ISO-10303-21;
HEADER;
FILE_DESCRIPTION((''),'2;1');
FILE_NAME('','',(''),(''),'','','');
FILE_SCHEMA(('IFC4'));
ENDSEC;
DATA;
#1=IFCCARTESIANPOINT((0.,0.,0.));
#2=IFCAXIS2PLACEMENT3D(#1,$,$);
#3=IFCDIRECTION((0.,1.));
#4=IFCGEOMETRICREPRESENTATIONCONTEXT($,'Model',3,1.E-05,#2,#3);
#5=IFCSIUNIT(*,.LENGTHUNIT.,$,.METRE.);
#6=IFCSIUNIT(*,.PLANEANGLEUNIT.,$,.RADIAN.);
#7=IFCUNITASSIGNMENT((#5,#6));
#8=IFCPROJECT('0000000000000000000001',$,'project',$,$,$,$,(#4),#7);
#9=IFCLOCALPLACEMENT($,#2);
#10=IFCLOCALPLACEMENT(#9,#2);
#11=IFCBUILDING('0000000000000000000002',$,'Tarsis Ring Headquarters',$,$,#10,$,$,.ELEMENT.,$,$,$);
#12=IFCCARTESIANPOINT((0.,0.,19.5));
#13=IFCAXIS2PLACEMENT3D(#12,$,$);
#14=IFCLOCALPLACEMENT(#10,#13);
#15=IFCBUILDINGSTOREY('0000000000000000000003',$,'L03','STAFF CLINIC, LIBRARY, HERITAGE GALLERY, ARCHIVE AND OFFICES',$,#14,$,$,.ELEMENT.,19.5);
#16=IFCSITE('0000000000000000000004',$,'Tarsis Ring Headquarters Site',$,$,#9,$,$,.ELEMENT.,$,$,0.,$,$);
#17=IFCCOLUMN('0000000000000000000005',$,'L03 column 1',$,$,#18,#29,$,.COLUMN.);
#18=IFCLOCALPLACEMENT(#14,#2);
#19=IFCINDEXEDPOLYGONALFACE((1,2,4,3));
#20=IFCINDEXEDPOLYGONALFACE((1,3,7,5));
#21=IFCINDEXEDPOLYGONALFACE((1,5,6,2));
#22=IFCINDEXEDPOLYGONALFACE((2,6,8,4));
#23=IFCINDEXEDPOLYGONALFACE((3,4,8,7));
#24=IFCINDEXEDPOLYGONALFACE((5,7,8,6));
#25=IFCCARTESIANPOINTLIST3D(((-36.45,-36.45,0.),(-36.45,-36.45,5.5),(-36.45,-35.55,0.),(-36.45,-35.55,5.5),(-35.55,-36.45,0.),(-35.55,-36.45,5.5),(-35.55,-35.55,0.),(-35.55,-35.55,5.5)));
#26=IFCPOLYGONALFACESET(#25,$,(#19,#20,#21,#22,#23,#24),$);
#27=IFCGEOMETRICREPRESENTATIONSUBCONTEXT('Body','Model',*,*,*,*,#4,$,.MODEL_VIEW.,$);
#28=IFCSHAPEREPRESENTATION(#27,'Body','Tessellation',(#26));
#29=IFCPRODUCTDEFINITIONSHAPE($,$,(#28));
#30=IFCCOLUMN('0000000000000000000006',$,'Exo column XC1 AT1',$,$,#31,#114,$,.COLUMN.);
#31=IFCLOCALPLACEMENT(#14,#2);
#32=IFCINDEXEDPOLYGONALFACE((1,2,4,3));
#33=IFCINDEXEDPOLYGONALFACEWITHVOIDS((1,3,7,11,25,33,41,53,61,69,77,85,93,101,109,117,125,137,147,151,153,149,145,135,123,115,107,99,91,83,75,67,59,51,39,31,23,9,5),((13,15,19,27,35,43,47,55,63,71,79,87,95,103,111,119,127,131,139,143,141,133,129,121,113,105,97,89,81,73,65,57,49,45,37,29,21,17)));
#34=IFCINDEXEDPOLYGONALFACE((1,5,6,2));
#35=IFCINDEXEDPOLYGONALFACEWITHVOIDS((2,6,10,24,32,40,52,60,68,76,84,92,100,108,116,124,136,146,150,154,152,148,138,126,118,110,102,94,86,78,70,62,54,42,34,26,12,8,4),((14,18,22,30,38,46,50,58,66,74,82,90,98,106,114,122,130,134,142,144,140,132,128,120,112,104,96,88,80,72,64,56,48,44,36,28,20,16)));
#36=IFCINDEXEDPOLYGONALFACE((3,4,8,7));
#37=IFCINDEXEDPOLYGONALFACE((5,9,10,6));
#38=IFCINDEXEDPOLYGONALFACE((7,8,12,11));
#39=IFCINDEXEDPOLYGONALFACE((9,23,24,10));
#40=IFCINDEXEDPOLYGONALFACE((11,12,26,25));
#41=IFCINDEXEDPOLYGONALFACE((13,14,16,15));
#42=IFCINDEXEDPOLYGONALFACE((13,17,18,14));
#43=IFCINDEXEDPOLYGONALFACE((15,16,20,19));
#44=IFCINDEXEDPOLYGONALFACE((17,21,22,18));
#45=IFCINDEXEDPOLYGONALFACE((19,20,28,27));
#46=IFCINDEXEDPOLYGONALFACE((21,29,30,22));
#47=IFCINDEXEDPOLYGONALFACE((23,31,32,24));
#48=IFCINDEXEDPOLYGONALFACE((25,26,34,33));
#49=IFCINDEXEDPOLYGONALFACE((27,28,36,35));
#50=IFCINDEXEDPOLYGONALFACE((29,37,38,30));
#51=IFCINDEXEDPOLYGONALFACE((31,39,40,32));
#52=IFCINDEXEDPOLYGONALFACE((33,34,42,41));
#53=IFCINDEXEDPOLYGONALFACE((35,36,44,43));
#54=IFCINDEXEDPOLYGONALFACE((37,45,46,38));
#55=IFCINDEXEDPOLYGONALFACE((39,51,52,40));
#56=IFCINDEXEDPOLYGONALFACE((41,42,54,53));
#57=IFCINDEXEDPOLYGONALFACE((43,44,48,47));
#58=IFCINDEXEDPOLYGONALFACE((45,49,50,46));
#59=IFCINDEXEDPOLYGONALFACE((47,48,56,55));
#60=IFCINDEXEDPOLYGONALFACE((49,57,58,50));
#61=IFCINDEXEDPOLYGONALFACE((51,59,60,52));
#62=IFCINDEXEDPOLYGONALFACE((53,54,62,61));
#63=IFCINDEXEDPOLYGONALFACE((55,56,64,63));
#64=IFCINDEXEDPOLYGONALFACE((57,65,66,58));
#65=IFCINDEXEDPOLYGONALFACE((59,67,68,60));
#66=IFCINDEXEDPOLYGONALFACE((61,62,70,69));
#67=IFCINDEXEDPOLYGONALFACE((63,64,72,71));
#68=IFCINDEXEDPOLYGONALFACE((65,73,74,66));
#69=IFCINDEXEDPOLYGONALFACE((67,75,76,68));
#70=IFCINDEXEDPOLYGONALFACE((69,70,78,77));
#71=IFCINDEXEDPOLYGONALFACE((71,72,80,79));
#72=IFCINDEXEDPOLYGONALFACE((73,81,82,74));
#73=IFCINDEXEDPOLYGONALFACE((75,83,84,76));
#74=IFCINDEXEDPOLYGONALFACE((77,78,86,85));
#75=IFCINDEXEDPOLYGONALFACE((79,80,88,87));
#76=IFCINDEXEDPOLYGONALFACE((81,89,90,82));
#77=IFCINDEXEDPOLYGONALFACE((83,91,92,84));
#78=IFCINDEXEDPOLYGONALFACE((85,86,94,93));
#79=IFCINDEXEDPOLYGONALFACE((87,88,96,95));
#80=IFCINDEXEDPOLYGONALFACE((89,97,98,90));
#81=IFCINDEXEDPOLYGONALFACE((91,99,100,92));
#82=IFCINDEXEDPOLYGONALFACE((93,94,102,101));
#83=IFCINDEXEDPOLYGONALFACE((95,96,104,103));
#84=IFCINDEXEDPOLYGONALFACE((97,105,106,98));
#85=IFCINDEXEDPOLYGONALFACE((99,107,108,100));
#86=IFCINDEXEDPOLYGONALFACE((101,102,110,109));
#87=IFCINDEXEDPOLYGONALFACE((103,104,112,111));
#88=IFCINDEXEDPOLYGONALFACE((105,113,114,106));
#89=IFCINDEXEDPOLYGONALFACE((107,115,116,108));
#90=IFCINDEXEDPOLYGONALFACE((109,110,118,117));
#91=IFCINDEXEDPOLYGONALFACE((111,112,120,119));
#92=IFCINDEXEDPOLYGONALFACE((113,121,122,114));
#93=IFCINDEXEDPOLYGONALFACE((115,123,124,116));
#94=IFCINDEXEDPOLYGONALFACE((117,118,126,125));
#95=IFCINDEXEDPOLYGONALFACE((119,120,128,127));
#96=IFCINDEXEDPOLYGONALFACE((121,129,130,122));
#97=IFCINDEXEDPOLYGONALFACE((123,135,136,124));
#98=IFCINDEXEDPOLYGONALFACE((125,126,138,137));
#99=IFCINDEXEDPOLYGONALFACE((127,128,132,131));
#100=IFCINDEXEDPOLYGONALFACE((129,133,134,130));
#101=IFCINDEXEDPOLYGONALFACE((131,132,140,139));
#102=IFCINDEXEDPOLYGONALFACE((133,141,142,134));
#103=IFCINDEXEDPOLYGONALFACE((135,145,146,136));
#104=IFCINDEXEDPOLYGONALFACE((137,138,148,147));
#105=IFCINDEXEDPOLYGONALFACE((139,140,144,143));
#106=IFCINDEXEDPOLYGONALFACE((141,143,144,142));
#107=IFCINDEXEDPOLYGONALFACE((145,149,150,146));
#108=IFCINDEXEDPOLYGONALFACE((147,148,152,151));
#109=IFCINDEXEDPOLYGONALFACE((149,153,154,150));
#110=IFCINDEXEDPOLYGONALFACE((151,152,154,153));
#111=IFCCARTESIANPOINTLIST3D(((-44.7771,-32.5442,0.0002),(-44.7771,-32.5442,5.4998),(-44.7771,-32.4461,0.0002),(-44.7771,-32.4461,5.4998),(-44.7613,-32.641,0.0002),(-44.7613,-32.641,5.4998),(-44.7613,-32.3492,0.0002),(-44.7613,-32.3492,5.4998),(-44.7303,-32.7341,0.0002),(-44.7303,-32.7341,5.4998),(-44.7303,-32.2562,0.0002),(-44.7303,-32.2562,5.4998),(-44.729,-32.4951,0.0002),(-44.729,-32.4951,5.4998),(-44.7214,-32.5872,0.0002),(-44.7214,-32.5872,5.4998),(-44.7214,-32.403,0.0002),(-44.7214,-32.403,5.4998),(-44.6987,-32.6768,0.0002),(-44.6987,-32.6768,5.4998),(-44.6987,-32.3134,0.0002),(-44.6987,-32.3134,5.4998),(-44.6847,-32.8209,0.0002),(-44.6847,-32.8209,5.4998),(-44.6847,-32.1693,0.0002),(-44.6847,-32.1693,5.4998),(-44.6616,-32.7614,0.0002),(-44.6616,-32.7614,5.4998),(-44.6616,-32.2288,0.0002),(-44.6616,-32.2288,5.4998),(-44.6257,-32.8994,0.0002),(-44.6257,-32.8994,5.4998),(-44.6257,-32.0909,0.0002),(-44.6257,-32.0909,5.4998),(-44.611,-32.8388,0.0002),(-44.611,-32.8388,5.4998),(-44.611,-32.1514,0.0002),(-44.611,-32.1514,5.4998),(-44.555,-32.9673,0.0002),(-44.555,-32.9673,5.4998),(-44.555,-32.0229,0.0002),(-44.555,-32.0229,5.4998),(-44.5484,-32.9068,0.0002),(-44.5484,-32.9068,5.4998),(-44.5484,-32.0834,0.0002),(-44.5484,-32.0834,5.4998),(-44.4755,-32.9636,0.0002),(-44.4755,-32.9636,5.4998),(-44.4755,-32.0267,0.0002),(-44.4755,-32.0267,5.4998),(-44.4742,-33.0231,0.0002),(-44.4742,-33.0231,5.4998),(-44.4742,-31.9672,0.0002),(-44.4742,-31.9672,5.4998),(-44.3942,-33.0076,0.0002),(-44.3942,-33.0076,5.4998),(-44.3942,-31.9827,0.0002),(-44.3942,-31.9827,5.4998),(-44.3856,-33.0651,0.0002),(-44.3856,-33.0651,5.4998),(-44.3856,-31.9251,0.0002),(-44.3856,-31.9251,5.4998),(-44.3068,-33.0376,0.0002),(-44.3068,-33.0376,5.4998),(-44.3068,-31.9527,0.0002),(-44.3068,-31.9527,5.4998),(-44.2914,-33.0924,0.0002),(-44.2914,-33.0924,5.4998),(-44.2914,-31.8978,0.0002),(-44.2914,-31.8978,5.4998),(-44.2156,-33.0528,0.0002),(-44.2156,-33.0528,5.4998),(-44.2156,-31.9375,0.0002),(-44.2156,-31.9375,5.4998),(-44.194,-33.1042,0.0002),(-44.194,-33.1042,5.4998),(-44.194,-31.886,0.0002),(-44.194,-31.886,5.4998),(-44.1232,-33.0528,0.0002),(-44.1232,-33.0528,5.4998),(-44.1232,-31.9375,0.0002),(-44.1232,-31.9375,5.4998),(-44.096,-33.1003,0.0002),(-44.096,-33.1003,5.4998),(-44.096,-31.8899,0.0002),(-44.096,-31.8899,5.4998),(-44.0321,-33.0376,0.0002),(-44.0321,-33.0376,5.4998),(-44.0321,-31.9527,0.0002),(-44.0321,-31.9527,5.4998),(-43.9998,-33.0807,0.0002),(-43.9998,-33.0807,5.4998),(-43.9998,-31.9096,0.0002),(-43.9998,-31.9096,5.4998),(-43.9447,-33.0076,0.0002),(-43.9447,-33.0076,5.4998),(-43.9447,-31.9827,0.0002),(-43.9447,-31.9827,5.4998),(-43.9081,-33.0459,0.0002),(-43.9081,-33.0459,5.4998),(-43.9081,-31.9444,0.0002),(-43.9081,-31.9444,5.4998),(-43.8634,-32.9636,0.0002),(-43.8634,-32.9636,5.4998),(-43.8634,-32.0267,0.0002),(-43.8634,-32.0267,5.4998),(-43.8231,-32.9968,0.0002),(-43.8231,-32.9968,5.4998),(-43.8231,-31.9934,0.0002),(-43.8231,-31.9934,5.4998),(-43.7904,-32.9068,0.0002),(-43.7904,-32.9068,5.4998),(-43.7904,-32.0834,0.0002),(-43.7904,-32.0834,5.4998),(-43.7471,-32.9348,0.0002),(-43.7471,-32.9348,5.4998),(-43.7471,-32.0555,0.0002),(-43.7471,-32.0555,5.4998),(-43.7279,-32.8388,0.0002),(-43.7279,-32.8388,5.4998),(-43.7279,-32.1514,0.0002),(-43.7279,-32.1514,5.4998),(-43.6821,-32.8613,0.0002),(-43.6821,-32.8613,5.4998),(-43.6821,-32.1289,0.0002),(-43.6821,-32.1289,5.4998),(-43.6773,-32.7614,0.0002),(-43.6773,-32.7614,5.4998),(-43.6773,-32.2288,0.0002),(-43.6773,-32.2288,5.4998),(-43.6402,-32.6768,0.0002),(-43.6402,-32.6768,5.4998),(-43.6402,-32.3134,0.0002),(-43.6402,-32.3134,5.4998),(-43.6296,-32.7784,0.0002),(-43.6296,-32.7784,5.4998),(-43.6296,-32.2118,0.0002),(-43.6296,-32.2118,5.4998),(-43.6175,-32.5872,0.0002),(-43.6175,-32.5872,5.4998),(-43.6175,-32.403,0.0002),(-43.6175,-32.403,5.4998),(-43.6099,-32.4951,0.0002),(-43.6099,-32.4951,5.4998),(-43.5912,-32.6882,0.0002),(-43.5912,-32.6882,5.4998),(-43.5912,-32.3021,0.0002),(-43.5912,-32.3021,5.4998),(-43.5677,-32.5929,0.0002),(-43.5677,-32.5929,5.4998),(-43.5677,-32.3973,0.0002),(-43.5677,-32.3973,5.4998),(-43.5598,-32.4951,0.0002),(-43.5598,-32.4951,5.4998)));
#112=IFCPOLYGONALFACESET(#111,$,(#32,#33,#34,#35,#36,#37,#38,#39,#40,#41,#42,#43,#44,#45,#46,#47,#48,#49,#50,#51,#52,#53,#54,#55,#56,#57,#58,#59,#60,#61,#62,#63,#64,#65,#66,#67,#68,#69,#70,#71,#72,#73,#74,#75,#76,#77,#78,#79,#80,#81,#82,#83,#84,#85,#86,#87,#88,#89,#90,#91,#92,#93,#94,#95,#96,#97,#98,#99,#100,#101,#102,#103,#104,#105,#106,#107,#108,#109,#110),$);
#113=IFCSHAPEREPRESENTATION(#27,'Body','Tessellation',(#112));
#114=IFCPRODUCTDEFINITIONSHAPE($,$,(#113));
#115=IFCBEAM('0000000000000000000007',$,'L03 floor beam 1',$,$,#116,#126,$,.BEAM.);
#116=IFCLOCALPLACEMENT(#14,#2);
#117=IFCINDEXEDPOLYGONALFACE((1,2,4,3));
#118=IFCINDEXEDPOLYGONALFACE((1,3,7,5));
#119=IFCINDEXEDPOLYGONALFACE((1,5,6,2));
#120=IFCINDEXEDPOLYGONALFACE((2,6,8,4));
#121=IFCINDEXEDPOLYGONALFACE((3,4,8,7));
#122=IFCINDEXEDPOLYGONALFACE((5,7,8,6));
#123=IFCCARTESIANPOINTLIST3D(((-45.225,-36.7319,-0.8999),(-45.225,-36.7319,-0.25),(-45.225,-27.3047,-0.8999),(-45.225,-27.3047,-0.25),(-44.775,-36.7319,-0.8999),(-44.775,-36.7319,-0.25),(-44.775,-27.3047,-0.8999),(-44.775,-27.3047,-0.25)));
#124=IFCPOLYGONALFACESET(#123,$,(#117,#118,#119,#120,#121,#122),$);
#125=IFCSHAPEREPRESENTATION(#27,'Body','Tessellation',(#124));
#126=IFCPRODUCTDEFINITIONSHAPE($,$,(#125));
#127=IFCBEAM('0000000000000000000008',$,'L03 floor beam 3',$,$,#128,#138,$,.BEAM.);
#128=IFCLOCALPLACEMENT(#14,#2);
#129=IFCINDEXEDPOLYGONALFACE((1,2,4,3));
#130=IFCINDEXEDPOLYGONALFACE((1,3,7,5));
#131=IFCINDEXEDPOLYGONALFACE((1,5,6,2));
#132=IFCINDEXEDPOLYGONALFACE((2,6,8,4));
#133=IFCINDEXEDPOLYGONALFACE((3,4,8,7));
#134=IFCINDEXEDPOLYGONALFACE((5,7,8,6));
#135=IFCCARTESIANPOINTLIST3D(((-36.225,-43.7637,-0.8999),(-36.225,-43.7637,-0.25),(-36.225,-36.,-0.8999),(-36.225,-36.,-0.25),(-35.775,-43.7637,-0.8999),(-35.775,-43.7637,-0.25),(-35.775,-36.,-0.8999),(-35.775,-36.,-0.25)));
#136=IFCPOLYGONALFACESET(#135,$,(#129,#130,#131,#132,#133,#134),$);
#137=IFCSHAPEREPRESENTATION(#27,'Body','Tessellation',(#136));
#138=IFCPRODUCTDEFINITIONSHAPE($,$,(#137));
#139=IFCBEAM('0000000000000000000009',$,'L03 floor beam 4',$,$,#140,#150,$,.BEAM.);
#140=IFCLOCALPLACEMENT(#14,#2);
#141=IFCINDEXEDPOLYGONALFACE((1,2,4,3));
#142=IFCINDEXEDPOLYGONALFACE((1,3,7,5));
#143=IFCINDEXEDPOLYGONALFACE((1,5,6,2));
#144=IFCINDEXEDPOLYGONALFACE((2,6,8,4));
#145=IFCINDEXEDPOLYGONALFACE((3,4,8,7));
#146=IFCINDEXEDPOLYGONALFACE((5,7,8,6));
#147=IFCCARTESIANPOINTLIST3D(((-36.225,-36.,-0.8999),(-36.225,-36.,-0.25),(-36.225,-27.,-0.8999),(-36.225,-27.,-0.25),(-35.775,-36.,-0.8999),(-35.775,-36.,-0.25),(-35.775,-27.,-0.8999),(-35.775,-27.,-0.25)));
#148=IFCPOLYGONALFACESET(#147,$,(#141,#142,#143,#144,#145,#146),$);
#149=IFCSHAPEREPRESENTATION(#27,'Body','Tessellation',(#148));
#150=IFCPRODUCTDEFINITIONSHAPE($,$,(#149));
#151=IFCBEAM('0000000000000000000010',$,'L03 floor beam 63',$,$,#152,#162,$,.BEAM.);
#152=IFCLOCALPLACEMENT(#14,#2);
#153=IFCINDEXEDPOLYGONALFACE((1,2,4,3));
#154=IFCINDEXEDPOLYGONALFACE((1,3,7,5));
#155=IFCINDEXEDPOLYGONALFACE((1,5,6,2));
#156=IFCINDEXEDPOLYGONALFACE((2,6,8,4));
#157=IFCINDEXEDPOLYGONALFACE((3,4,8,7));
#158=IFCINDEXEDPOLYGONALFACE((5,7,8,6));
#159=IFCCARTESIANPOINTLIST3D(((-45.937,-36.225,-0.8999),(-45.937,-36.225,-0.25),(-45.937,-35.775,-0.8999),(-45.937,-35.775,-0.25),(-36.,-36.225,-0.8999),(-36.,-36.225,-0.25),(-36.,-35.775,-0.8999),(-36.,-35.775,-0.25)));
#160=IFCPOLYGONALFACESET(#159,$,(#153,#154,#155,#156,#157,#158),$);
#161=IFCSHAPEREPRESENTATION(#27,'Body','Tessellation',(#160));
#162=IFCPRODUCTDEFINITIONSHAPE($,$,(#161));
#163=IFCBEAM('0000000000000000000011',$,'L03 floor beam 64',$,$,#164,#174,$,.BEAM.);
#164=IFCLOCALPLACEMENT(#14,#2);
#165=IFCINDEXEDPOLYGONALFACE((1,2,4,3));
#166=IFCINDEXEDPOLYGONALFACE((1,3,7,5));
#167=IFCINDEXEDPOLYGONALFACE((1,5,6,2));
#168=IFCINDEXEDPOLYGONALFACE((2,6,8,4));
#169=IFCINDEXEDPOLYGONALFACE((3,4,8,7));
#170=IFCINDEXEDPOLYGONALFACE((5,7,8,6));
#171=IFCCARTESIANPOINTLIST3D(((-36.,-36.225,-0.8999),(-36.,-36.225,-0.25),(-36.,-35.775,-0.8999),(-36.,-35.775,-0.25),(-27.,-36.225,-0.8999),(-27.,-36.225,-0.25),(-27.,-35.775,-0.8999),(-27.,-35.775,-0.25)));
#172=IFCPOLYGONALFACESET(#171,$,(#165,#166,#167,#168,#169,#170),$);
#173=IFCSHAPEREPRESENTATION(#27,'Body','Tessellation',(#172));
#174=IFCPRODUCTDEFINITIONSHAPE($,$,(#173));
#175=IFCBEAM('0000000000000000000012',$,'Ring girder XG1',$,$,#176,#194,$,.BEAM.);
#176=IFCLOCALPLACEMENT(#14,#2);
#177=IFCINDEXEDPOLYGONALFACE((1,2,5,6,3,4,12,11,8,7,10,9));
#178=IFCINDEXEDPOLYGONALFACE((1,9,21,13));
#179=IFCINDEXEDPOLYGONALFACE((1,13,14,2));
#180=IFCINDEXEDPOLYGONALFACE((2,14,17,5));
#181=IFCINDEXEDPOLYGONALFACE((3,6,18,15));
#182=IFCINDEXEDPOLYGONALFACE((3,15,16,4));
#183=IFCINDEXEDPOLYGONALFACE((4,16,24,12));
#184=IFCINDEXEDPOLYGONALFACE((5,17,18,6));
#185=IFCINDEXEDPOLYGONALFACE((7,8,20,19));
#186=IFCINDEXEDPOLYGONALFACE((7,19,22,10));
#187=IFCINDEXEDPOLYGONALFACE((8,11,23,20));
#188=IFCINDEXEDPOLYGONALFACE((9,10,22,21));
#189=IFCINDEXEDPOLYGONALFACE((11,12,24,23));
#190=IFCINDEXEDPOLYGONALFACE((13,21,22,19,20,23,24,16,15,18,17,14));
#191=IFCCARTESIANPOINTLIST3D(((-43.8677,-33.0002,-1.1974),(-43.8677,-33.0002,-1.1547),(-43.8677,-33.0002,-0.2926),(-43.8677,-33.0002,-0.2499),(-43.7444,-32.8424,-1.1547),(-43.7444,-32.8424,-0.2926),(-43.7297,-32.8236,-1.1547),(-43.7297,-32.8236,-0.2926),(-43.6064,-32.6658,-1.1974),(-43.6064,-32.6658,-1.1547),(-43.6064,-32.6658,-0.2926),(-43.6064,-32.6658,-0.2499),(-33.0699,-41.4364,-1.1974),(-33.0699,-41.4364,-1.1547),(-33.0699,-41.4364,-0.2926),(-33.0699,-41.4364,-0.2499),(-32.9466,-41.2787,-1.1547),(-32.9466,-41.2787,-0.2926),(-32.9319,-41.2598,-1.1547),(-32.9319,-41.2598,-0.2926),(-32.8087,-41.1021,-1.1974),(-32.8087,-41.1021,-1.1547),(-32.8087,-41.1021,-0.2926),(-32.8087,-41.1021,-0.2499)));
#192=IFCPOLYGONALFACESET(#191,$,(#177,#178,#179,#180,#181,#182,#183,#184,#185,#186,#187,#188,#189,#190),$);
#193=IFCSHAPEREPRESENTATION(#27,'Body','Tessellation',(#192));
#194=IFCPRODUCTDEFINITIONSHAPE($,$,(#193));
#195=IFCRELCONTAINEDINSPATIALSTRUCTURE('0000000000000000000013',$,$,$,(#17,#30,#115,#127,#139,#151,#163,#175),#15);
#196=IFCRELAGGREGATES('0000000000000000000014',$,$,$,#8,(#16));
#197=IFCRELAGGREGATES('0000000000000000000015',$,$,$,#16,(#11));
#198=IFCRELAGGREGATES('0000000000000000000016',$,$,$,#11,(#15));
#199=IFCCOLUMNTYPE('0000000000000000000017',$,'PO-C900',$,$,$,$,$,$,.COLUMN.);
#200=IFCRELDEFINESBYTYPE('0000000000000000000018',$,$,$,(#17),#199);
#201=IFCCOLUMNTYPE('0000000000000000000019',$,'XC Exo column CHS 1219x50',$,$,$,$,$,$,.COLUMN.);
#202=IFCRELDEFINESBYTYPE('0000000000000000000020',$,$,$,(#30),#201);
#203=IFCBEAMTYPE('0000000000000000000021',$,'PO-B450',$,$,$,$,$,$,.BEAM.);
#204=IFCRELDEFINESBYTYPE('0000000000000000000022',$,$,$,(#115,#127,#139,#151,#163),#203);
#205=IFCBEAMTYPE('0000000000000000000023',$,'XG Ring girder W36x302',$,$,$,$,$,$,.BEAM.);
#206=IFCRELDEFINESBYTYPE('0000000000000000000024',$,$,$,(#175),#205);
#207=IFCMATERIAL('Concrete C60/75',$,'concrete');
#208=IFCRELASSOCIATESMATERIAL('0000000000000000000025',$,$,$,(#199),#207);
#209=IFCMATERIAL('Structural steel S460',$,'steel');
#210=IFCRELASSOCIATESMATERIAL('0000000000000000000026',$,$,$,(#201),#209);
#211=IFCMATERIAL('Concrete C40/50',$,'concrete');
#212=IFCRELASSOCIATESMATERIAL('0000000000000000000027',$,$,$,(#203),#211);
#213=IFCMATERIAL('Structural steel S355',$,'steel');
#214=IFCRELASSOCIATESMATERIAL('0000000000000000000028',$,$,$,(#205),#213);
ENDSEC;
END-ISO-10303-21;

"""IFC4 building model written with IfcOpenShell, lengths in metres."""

from ifc_helpers import new_model, si_unit, direction, frame, origin, origin_2d, place, context, subcontext, project, spatial, rectangle, hollow_circle, i_section, extrude, material, material_profile, profile_set, type_object, element, save


model = new_model("IFC4")

# Units and contexts
model_context = context("Model", 3, precision=1e-05, world=origin(), true_north=direction((0.0, 1.0)))
body_context = subcontext(model_context, "Body", "Model", "MODEL_VIEW")
ifc_project = project(units=[si_unit("LENGTHUNIT", "METRE"), si_unit("PLANEANGLEUNIT", "RADIAN")], contexts=[model_context])

# Site, building, storey
site_placement = place(None, origin())
site = spatial("IfcSite", under=ifc_project, at=site_placement, Name="Tarsis Ring Headquarters Site", CompositionType="ELEMENT", RefElevation=0.0)
building_placement = place(site_placement, origin())
building = spatial("IfcBuilding", under=site, at=building_placement, Name="Tarsis Ring Headquarters", CompositionType="ELEMENT")
storey_placement = place(building_placement, frame((0.0, 0.0, 19.5)))
storey = spatial("IfcBuildingStorey", under=building, at=storey_placement, Name="L03", Description="STAFF CLINIC, LIBRARY, HERITAGE GALLERY, ARCHIVE AND OFFICES", CompositionType="ELEMENT", Elevation=19.5)

# Columns
ifc_material_1 = material(Name="Concrete C60/75", Category="concrete")
ifc_material_profile_1 = material_profile(ifc_material_1, rectangle(XDim=0.8999, YDim=0.8999, at=origin_2d()), Name="PO-C900")
ifc_profile_set_1 = profile_set([ifc_material_profile_1], Name="Concrete C60/75")
column_type_1 = type_object("IfcColumnType", Name="PO-C900", PredefinedType="COLUMN", material=ifc_profile_set_1)
column_1_placement = place(storey_placement, frame((-36.0, -36.0, 0.0), z_axis=(0.0, 0.0, 1.0), x_axis=(1.0, 0.0, 0.0)))
element("IfcColumn", 1, at=column_1_placement, inside=storey, type_object=column_type_1, Name="L03 column 1", PredefinedType="COLUMN", context=body_context, shape_type="SweptSolid", body=[
    extrude(rectangle(XDim=0.8999, YDim=0.8999, at=origin_2d()), origin(), (0.0, 0.0, 1.0), 5.5),
])
ifc_material_2 = material(Name="Structural steel S460", Category="steel")
ifc_material_profile_2 = material_profile(ifc_material_2, hollow_circle(Radius=0.6096, WallThickness=0.05, at=origin_2d()), Name="CHS 1219x50")
ifc_profile_set_2 = profile_set([ifc_material_profile_2], Name="Structural steel S460")
column_type_2 = type_object("IfcColumnType", Name="XC Exo column CHS 1219x50", PredefinedType="COLUMN", material=ifc_profile_set_2)
column_2_placement = place(storey_placement, frame((-44.1694, -32.4951, 0.0002), z_axis=(0.0, 0.0, 1.0), x_axis=(1.0, 0.0, 0.0)))
element("IfcColumn", 2, at=column_2_placement, inside=storey, type_object=column_type_2, Name="Exo column XC1 AT1", PredefinedType="COLUMN", context=body_context, shape_type="SweptSolid", body=[
    extrude(hollow_circle(Radius=0.6096, WallThickness=0.05, at=origin_2d()), origin(), (0.0, 0.0, 1.0), 5.4995),
])

# Beams
ifc_material_3 = material(Name="Concrete C40/50", Category="concrete")
ifc_material_profile_3 = material_profile(ifc_material_3, rectangle(XDim=0.45, YDim=0.6499, at=origin_2d()), Name="PO-B450")
ifc_profile_set_3 = profile_set([ifc_material_profile_3], Name="Concrete C40/50")
beam_type_1 = type_object("IfcBeamType", Name="PO-B450", PredefinedType="BEAM", material=ifc_profile_set_3)
beam_1_placement = place(storey_placement, frame((-45.0, -36.7319, -0.575), z_axis=(0.0, 1.0, 0.0), x_axis=(-1.0, 0.0, 0.0)))
element("IfcBeam", 3, at=beam_1_placement, inside=storey, type_object=beam_type_1, Name="L03 floor beam 1", PredefinedType="BEAM", context=body_context, shape_type="SweptSolid", body=[
    extrude(rectangle(XDim=0.45, YDim=0.6499, at=origin_2d()), origin(), (0.0, 0.0, 1.0), 9.4272),
])
beam_2_placement = place(storey_placement, frame((-36.0, -43.7637, -0.575), z_axis=(0.0, 1.0, 0.0), x_axis=(-1.0, 0.0, 0.0)))
element("IfcBeam", 4, at=beam_2_placement, inside=storey, type_object=beam_type_1, Name="L03 floor beam 3", PredefinedType="BEAM", context=body_context, shape_type="SweptSolid", body=[
    extrude(rectangle(XDim=0.45, YDim=0.6499, at=origin_2d()), origin(), (0.0, 0.0, 1.0), 7.7637),
])
beam_3_placement = place(storey_placement, frame((-36.0, -36.0, -0.575), z_axis=(0.0, 1.0, 0.0), x_axis=(-1.0, 0.0, 0.0)))
element("IfcBeam", 5, at=beam_3_placement, inside=storey, type_object=beam_type_1, Name="L03 floor beam 4", PredefinedType="BEAM", context=body_context, shape_type="SweptSolid", body=[
    extrude(rectangle(XDim=0.45, YDim=0.6499, at=origin_2d()), origin(), (0.0, 0.0, 1.0), 9.0),
])
beam_4_placement = place(storey_placement, frame((-45.937, -36.0, -0.575), z_axis=(1.0, 0.0, 0.0), x_axis=(0.0, 1.0, 0.0)))
element("IfcBeam", 6, at=beam_4_placement, inside=storey, type_object=beam_type_1, Name="L03 floor beam 63", PredefinedType="BEAM", context=body_context, shape_type="SweptSolid", body=[
    extrude(rectangle(XDim=0.45, YDim=0.6499, at=origin_2d()), origin(), (0.0, 0.0, 1.0), 9.937),
])
beam_5_placement = place(storey_placement, frame((-36.0, -36.0, -0.575), z_axis=(1.0, 0.0, 0.0), x_axis=(0.0, 1.0, 0.0)))
element("IfcBeam", 7, at=beam_5_placement, inside=storey, type_object=beam_type_1, Name="L03 floor beam 64", PredefinedType="BEAM", context=body_context, shape_type="SweptSolid", body=[
    extrude(rectangle(XDim=0.45, YDim=0.6499, at=origin_2d()), origin(), (0.0, 0.0, 1.0), 9.0),
])
ifc_material_4 = material(Name="Structural steel S355", Category="steel")
ifc_material_profile_4 = material_profile(ifc_material_4, i_section(OverallWidth=0.4243, OverallDepth=0.9475, WebThickness=0.0239, FlangeThickness=0.0427, at=origin_2d()), Name="W36x302")
ifc_profile_set_4 = profile_set([ifc_material_profile_4], Name="Structural steel S355")
beam_type_2 = type_object("IfcBeamType", Name="XG Ring girder W36x302", PredefinedType="BEAM", material=ifc_profile_set_4)
beam_6_placement = place(storey_placement, frame((-43.7371, -32.833, -0.7236), z_axis=(0.788008, -0.615665, 0.0), x_axis=(0.615665, 0.788008, 0.0)))
element("IfcBeam", 8, at=beam_6_placement, inside=storey, type_object=beam_type_2, Name="Ring girder XG1", PredefinedType="BEAM", context=body_context, shape_type="SweptSolid", body=[
    extrude(i_section(OverallWidth=0.4243, OverallDepth=0.9475, WebThickness=0.0239, FlangeThickness=0.0427, at=origin_2d()), origin(), (0.0, 0.0, 1.0), 13.7026),
])

save(model, "model.ifc")
